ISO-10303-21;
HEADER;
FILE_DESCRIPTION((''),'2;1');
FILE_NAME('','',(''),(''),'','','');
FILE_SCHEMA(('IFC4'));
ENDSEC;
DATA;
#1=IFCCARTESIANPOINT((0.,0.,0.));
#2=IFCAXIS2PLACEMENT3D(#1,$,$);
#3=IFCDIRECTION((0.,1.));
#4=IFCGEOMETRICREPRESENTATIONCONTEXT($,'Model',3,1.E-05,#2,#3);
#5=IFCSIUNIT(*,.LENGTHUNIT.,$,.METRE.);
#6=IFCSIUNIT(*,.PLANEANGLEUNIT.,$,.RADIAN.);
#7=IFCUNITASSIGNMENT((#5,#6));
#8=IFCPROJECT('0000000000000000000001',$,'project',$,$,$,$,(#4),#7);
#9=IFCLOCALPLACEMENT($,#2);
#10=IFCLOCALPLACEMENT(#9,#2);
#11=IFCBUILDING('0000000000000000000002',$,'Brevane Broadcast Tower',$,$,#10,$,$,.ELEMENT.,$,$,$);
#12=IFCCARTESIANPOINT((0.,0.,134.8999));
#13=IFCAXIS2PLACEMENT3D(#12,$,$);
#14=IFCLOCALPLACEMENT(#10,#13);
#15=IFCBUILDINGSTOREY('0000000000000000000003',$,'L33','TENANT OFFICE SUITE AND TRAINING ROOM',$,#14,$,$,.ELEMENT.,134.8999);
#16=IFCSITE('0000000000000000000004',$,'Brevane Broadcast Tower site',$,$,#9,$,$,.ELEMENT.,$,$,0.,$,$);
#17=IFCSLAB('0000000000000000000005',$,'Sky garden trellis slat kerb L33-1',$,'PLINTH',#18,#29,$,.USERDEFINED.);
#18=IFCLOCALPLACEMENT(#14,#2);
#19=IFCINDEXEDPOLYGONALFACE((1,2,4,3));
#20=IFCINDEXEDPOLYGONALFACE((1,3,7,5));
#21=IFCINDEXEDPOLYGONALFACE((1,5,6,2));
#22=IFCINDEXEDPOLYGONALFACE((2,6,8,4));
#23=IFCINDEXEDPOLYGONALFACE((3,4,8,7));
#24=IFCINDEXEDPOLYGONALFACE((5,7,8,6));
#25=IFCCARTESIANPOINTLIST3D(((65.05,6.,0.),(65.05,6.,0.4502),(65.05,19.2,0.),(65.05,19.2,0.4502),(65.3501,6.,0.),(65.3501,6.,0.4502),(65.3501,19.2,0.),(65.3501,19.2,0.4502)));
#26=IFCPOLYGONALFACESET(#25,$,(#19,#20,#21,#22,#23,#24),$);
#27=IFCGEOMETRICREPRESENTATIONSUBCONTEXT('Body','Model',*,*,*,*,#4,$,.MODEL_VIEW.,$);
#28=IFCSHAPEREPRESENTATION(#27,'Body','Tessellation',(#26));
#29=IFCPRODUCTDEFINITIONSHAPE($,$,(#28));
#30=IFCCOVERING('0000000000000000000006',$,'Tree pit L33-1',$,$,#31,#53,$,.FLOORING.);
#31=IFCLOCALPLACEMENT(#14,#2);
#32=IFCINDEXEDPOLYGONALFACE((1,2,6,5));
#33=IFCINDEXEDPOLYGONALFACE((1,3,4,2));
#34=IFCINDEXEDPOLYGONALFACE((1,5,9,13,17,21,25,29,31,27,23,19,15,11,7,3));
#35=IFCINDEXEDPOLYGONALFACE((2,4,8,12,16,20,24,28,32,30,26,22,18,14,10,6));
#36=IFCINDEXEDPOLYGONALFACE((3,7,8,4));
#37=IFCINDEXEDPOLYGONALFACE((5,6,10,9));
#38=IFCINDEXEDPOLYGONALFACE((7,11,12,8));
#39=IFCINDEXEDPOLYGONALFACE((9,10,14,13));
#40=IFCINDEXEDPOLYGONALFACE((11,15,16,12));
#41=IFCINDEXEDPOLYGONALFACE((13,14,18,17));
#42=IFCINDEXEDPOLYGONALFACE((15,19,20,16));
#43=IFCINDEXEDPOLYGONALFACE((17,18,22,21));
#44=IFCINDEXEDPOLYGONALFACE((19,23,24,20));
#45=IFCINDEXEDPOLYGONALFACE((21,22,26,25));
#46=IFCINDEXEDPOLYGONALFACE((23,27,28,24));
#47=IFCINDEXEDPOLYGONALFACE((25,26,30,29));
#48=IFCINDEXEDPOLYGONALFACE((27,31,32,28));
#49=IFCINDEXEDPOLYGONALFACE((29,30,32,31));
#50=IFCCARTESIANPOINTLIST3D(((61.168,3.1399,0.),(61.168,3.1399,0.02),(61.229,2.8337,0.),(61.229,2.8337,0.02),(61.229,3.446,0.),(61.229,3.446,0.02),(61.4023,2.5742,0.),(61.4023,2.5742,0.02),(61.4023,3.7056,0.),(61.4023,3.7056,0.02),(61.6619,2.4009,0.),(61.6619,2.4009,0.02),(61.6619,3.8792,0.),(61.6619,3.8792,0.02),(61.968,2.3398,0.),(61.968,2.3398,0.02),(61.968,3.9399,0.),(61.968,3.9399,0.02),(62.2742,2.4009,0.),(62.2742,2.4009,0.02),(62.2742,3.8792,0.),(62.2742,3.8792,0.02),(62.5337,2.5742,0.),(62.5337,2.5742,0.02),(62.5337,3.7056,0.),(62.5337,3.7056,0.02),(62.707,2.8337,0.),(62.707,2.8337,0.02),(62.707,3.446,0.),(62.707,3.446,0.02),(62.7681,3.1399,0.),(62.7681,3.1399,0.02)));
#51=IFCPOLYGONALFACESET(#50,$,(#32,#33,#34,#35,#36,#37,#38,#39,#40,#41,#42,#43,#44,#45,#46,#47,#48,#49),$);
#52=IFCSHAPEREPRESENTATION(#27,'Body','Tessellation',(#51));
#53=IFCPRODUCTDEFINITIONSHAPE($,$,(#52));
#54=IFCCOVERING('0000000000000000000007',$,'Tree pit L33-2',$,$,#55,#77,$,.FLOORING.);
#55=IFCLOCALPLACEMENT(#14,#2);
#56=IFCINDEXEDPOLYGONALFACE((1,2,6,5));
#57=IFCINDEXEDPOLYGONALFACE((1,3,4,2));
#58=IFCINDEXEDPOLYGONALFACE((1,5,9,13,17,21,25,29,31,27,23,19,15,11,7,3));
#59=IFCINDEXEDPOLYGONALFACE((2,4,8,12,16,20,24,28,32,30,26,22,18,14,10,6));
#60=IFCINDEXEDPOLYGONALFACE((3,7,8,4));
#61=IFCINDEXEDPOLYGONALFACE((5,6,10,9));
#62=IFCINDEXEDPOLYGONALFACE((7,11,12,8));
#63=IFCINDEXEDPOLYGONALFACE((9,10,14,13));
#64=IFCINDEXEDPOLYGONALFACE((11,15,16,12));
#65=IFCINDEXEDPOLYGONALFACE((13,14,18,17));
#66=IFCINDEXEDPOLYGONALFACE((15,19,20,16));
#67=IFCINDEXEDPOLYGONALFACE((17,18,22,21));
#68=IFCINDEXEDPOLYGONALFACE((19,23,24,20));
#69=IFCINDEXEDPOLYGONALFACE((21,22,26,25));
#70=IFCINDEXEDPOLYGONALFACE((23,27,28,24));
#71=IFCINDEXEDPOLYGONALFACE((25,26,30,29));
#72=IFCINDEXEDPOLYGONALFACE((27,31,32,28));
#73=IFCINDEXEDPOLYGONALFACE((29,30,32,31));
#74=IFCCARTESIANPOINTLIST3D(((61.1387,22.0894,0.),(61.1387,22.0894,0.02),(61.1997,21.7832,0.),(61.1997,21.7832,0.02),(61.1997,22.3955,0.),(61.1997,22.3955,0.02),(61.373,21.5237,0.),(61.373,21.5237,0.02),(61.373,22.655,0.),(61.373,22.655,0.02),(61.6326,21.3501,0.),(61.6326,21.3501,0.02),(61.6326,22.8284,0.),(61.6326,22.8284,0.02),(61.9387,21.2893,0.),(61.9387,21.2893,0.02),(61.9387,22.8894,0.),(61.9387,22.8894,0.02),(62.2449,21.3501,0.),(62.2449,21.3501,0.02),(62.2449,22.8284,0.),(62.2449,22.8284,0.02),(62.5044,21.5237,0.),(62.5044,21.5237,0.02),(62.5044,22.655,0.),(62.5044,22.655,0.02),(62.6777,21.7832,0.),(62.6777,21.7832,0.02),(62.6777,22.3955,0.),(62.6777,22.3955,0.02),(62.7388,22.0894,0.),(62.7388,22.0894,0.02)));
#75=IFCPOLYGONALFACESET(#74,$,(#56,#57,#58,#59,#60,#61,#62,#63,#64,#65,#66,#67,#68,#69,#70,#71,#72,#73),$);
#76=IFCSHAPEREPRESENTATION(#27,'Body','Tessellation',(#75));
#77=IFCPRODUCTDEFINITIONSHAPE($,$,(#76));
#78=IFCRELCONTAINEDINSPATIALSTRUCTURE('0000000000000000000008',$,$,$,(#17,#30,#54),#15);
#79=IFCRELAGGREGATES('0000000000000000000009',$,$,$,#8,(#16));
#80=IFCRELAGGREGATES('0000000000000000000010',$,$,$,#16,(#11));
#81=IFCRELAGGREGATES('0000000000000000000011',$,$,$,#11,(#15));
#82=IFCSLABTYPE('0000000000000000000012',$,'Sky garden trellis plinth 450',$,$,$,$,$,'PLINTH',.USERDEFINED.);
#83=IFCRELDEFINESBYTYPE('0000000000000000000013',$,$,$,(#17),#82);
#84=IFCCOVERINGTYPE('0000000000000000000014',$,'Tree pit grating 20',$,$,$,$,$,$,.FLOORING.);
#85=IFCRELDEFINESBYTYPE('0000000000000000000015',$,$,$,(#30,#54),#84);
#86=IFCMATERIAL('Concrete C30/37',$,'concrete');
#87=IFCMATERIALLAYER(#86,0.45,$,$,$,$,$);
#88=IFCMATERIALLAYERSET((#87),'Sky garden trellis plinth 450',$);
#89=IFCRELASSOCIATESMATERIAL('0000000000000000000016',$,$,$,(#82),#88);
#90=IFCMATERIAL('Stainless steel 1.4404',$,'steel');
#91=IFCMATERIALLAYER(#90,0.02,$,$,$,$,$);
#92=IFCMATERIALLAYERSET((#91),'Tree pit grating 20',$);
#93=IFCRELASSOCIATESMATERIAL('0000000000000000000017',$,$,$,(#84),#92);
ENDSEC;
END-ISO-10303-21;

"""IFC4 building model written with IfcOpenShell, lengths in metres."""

from ifc_helpers import new_model, si_unit, direction, frame, origin, place, context, subcontext, project, spatial, polyline, outline, extrude, material, layer, layer_set, type_object, element, save


model = new_model("IFC4")

# Units and contexts
model_context = context("Model", 3, precision=1e-05, world=origin(), true_north=direction((0.0, 1.0)))
body_context = subcontext(model_context, "Body", "Model", "MODEL_VIEW")
ifc_project = project(units=[si_unit("LENGTHUNIT", "METRE"), si_unit("PLANEANGLEUNIT", "RADIAN")], contexts=[model_context])

# Site, building, storey
site_placement = place(None, origin())
site = spatial("IfcSite", under=ifc_project, at=site_placement, Name="Brevane Broadcast Tower site", CompositionType="ELEMENT", RefElevation=0.0)
building_placement = place(site_placement, origin())
building = spatial("IfcBuilding", under=site, at=building_placement, Name="Brevane Broadcast Tower", CompositionType="ELEMENT")
storey_placement = place(building_placement, frame((0.0, 0.0, 134.8999)))
storey = spatial("IfcBuildingStorey", under=building, at=storey_placement, Name="L33", Description="TENANT OFFICE SUITE AND TRAINING ROOM", CompositionType="ELEMENT", Elevation=134.8999)

# Slab
ifc_material_1 = material(Name="Concrete C30/37", Category="concrete")
ifc_layer_1 = layer(ifc_material_1, 0.45)
ifc_layer_set_1 = layer_set([ifc_layer_1], Name="Sky garden trellis plinth 450")
slab_type_1 = type_object("IfcSlabType", Name="Sky garden trellis plinth 450", ElementType="PLINTH", PredefinedType="USERDEFINED", material=ifc_layer_set_1)
slab_1_placement = place(storey_placement, origin())
element("IfcSlab", 1, at=slab_1_placement, inside=storey, type_object=slab_type_1, Name="Sky garden trellis slat kerb L33-1", ObjectType="PLINTH", PredefinedType="USERDEFINED", context=body_context, shape_type="SweptSolid", body=[
    extrude(outline(polyline([(65.05, 6.0), (65.3501, 6.0), (65.3501, 19.2), (65.05, 19.2), (65.05, 6.0)])), origin(), (0.0, 0.0, 1.0), 0.4502),
])

# Coverings
ifc_material_2 = material(Name="Stainless steel 1.4404", Category="steel")
ifc_layer_2 = layer(ifc_material_2, 0.02)
ifc_layer_set_2 = layer_set([ifc_layer_2], Name="Tree pit grating 20")
covering_type = type_object("IfcCoveringType", Name="Tree pit grating 20", PredefinedType="FLOORING", material=ifc_layer_set_2)
covering_1_placement = place(storey_placement, origin())
element("IfcCovering", 2, at=covering_1_placement, inside=storey, type_object=covering_type, Name="Tree pit L33-1", PredefinedType="FLOORING", context=body_context, shape_type="SweptSolid", body=[
    extrude(outline(polyline([(62.7681, 3.1399), (62.707, 3.446), (62.5337, 3.7056), (62.2742, 3.8792), (61.968, 3.9399), (61.6619, 3.8792), (61.4023, 3.7056), (61.229, 3.446), (61.168, 3.1399), (61.229, 2.8337), (61.4023, 2.5742), (61.6619, 2.4009), (61.968, 2.3398), (62.2742, 2.4009), (62.5337, 2.5742), (62.707, 2.8337), (62.7681, 3.1399)])), origin(), (0.0, 0.0, 1.0), 0.02),
])
covering_2_placement = place(storey_placement, origin())
element("IfcCovering", 3, at=covering_2_placement, inside=storey, type_object=covering_type, Name="Tree pit L33-2", PredefinedType="FLOORING", context=body_context, shape_type="SweptSolid", body=[
    extrude(outline(polyline([(62.7388, 22.0894), (62.6777, 22.3955), (62.5044, 22.655), (62.2449, 22.8284), (61.9387, 22.8894), (61.6326, 22.8284), (61.373, 22.655), (61.1997, 22.3955), (61.1387, 22.0894), (61.1997, 21.7832), (61.373, 21.5237), (61.6326, 21.3501), (61.9387, 21.2893), (62.2449, 21.3501), (62.5044, 21.5237), (62.6777, 21.7832), (62.7388, 22.0894)])), origin(), (0.0, 0.0, 1.0), 0.02),
])

save(model, "model.ifc")
